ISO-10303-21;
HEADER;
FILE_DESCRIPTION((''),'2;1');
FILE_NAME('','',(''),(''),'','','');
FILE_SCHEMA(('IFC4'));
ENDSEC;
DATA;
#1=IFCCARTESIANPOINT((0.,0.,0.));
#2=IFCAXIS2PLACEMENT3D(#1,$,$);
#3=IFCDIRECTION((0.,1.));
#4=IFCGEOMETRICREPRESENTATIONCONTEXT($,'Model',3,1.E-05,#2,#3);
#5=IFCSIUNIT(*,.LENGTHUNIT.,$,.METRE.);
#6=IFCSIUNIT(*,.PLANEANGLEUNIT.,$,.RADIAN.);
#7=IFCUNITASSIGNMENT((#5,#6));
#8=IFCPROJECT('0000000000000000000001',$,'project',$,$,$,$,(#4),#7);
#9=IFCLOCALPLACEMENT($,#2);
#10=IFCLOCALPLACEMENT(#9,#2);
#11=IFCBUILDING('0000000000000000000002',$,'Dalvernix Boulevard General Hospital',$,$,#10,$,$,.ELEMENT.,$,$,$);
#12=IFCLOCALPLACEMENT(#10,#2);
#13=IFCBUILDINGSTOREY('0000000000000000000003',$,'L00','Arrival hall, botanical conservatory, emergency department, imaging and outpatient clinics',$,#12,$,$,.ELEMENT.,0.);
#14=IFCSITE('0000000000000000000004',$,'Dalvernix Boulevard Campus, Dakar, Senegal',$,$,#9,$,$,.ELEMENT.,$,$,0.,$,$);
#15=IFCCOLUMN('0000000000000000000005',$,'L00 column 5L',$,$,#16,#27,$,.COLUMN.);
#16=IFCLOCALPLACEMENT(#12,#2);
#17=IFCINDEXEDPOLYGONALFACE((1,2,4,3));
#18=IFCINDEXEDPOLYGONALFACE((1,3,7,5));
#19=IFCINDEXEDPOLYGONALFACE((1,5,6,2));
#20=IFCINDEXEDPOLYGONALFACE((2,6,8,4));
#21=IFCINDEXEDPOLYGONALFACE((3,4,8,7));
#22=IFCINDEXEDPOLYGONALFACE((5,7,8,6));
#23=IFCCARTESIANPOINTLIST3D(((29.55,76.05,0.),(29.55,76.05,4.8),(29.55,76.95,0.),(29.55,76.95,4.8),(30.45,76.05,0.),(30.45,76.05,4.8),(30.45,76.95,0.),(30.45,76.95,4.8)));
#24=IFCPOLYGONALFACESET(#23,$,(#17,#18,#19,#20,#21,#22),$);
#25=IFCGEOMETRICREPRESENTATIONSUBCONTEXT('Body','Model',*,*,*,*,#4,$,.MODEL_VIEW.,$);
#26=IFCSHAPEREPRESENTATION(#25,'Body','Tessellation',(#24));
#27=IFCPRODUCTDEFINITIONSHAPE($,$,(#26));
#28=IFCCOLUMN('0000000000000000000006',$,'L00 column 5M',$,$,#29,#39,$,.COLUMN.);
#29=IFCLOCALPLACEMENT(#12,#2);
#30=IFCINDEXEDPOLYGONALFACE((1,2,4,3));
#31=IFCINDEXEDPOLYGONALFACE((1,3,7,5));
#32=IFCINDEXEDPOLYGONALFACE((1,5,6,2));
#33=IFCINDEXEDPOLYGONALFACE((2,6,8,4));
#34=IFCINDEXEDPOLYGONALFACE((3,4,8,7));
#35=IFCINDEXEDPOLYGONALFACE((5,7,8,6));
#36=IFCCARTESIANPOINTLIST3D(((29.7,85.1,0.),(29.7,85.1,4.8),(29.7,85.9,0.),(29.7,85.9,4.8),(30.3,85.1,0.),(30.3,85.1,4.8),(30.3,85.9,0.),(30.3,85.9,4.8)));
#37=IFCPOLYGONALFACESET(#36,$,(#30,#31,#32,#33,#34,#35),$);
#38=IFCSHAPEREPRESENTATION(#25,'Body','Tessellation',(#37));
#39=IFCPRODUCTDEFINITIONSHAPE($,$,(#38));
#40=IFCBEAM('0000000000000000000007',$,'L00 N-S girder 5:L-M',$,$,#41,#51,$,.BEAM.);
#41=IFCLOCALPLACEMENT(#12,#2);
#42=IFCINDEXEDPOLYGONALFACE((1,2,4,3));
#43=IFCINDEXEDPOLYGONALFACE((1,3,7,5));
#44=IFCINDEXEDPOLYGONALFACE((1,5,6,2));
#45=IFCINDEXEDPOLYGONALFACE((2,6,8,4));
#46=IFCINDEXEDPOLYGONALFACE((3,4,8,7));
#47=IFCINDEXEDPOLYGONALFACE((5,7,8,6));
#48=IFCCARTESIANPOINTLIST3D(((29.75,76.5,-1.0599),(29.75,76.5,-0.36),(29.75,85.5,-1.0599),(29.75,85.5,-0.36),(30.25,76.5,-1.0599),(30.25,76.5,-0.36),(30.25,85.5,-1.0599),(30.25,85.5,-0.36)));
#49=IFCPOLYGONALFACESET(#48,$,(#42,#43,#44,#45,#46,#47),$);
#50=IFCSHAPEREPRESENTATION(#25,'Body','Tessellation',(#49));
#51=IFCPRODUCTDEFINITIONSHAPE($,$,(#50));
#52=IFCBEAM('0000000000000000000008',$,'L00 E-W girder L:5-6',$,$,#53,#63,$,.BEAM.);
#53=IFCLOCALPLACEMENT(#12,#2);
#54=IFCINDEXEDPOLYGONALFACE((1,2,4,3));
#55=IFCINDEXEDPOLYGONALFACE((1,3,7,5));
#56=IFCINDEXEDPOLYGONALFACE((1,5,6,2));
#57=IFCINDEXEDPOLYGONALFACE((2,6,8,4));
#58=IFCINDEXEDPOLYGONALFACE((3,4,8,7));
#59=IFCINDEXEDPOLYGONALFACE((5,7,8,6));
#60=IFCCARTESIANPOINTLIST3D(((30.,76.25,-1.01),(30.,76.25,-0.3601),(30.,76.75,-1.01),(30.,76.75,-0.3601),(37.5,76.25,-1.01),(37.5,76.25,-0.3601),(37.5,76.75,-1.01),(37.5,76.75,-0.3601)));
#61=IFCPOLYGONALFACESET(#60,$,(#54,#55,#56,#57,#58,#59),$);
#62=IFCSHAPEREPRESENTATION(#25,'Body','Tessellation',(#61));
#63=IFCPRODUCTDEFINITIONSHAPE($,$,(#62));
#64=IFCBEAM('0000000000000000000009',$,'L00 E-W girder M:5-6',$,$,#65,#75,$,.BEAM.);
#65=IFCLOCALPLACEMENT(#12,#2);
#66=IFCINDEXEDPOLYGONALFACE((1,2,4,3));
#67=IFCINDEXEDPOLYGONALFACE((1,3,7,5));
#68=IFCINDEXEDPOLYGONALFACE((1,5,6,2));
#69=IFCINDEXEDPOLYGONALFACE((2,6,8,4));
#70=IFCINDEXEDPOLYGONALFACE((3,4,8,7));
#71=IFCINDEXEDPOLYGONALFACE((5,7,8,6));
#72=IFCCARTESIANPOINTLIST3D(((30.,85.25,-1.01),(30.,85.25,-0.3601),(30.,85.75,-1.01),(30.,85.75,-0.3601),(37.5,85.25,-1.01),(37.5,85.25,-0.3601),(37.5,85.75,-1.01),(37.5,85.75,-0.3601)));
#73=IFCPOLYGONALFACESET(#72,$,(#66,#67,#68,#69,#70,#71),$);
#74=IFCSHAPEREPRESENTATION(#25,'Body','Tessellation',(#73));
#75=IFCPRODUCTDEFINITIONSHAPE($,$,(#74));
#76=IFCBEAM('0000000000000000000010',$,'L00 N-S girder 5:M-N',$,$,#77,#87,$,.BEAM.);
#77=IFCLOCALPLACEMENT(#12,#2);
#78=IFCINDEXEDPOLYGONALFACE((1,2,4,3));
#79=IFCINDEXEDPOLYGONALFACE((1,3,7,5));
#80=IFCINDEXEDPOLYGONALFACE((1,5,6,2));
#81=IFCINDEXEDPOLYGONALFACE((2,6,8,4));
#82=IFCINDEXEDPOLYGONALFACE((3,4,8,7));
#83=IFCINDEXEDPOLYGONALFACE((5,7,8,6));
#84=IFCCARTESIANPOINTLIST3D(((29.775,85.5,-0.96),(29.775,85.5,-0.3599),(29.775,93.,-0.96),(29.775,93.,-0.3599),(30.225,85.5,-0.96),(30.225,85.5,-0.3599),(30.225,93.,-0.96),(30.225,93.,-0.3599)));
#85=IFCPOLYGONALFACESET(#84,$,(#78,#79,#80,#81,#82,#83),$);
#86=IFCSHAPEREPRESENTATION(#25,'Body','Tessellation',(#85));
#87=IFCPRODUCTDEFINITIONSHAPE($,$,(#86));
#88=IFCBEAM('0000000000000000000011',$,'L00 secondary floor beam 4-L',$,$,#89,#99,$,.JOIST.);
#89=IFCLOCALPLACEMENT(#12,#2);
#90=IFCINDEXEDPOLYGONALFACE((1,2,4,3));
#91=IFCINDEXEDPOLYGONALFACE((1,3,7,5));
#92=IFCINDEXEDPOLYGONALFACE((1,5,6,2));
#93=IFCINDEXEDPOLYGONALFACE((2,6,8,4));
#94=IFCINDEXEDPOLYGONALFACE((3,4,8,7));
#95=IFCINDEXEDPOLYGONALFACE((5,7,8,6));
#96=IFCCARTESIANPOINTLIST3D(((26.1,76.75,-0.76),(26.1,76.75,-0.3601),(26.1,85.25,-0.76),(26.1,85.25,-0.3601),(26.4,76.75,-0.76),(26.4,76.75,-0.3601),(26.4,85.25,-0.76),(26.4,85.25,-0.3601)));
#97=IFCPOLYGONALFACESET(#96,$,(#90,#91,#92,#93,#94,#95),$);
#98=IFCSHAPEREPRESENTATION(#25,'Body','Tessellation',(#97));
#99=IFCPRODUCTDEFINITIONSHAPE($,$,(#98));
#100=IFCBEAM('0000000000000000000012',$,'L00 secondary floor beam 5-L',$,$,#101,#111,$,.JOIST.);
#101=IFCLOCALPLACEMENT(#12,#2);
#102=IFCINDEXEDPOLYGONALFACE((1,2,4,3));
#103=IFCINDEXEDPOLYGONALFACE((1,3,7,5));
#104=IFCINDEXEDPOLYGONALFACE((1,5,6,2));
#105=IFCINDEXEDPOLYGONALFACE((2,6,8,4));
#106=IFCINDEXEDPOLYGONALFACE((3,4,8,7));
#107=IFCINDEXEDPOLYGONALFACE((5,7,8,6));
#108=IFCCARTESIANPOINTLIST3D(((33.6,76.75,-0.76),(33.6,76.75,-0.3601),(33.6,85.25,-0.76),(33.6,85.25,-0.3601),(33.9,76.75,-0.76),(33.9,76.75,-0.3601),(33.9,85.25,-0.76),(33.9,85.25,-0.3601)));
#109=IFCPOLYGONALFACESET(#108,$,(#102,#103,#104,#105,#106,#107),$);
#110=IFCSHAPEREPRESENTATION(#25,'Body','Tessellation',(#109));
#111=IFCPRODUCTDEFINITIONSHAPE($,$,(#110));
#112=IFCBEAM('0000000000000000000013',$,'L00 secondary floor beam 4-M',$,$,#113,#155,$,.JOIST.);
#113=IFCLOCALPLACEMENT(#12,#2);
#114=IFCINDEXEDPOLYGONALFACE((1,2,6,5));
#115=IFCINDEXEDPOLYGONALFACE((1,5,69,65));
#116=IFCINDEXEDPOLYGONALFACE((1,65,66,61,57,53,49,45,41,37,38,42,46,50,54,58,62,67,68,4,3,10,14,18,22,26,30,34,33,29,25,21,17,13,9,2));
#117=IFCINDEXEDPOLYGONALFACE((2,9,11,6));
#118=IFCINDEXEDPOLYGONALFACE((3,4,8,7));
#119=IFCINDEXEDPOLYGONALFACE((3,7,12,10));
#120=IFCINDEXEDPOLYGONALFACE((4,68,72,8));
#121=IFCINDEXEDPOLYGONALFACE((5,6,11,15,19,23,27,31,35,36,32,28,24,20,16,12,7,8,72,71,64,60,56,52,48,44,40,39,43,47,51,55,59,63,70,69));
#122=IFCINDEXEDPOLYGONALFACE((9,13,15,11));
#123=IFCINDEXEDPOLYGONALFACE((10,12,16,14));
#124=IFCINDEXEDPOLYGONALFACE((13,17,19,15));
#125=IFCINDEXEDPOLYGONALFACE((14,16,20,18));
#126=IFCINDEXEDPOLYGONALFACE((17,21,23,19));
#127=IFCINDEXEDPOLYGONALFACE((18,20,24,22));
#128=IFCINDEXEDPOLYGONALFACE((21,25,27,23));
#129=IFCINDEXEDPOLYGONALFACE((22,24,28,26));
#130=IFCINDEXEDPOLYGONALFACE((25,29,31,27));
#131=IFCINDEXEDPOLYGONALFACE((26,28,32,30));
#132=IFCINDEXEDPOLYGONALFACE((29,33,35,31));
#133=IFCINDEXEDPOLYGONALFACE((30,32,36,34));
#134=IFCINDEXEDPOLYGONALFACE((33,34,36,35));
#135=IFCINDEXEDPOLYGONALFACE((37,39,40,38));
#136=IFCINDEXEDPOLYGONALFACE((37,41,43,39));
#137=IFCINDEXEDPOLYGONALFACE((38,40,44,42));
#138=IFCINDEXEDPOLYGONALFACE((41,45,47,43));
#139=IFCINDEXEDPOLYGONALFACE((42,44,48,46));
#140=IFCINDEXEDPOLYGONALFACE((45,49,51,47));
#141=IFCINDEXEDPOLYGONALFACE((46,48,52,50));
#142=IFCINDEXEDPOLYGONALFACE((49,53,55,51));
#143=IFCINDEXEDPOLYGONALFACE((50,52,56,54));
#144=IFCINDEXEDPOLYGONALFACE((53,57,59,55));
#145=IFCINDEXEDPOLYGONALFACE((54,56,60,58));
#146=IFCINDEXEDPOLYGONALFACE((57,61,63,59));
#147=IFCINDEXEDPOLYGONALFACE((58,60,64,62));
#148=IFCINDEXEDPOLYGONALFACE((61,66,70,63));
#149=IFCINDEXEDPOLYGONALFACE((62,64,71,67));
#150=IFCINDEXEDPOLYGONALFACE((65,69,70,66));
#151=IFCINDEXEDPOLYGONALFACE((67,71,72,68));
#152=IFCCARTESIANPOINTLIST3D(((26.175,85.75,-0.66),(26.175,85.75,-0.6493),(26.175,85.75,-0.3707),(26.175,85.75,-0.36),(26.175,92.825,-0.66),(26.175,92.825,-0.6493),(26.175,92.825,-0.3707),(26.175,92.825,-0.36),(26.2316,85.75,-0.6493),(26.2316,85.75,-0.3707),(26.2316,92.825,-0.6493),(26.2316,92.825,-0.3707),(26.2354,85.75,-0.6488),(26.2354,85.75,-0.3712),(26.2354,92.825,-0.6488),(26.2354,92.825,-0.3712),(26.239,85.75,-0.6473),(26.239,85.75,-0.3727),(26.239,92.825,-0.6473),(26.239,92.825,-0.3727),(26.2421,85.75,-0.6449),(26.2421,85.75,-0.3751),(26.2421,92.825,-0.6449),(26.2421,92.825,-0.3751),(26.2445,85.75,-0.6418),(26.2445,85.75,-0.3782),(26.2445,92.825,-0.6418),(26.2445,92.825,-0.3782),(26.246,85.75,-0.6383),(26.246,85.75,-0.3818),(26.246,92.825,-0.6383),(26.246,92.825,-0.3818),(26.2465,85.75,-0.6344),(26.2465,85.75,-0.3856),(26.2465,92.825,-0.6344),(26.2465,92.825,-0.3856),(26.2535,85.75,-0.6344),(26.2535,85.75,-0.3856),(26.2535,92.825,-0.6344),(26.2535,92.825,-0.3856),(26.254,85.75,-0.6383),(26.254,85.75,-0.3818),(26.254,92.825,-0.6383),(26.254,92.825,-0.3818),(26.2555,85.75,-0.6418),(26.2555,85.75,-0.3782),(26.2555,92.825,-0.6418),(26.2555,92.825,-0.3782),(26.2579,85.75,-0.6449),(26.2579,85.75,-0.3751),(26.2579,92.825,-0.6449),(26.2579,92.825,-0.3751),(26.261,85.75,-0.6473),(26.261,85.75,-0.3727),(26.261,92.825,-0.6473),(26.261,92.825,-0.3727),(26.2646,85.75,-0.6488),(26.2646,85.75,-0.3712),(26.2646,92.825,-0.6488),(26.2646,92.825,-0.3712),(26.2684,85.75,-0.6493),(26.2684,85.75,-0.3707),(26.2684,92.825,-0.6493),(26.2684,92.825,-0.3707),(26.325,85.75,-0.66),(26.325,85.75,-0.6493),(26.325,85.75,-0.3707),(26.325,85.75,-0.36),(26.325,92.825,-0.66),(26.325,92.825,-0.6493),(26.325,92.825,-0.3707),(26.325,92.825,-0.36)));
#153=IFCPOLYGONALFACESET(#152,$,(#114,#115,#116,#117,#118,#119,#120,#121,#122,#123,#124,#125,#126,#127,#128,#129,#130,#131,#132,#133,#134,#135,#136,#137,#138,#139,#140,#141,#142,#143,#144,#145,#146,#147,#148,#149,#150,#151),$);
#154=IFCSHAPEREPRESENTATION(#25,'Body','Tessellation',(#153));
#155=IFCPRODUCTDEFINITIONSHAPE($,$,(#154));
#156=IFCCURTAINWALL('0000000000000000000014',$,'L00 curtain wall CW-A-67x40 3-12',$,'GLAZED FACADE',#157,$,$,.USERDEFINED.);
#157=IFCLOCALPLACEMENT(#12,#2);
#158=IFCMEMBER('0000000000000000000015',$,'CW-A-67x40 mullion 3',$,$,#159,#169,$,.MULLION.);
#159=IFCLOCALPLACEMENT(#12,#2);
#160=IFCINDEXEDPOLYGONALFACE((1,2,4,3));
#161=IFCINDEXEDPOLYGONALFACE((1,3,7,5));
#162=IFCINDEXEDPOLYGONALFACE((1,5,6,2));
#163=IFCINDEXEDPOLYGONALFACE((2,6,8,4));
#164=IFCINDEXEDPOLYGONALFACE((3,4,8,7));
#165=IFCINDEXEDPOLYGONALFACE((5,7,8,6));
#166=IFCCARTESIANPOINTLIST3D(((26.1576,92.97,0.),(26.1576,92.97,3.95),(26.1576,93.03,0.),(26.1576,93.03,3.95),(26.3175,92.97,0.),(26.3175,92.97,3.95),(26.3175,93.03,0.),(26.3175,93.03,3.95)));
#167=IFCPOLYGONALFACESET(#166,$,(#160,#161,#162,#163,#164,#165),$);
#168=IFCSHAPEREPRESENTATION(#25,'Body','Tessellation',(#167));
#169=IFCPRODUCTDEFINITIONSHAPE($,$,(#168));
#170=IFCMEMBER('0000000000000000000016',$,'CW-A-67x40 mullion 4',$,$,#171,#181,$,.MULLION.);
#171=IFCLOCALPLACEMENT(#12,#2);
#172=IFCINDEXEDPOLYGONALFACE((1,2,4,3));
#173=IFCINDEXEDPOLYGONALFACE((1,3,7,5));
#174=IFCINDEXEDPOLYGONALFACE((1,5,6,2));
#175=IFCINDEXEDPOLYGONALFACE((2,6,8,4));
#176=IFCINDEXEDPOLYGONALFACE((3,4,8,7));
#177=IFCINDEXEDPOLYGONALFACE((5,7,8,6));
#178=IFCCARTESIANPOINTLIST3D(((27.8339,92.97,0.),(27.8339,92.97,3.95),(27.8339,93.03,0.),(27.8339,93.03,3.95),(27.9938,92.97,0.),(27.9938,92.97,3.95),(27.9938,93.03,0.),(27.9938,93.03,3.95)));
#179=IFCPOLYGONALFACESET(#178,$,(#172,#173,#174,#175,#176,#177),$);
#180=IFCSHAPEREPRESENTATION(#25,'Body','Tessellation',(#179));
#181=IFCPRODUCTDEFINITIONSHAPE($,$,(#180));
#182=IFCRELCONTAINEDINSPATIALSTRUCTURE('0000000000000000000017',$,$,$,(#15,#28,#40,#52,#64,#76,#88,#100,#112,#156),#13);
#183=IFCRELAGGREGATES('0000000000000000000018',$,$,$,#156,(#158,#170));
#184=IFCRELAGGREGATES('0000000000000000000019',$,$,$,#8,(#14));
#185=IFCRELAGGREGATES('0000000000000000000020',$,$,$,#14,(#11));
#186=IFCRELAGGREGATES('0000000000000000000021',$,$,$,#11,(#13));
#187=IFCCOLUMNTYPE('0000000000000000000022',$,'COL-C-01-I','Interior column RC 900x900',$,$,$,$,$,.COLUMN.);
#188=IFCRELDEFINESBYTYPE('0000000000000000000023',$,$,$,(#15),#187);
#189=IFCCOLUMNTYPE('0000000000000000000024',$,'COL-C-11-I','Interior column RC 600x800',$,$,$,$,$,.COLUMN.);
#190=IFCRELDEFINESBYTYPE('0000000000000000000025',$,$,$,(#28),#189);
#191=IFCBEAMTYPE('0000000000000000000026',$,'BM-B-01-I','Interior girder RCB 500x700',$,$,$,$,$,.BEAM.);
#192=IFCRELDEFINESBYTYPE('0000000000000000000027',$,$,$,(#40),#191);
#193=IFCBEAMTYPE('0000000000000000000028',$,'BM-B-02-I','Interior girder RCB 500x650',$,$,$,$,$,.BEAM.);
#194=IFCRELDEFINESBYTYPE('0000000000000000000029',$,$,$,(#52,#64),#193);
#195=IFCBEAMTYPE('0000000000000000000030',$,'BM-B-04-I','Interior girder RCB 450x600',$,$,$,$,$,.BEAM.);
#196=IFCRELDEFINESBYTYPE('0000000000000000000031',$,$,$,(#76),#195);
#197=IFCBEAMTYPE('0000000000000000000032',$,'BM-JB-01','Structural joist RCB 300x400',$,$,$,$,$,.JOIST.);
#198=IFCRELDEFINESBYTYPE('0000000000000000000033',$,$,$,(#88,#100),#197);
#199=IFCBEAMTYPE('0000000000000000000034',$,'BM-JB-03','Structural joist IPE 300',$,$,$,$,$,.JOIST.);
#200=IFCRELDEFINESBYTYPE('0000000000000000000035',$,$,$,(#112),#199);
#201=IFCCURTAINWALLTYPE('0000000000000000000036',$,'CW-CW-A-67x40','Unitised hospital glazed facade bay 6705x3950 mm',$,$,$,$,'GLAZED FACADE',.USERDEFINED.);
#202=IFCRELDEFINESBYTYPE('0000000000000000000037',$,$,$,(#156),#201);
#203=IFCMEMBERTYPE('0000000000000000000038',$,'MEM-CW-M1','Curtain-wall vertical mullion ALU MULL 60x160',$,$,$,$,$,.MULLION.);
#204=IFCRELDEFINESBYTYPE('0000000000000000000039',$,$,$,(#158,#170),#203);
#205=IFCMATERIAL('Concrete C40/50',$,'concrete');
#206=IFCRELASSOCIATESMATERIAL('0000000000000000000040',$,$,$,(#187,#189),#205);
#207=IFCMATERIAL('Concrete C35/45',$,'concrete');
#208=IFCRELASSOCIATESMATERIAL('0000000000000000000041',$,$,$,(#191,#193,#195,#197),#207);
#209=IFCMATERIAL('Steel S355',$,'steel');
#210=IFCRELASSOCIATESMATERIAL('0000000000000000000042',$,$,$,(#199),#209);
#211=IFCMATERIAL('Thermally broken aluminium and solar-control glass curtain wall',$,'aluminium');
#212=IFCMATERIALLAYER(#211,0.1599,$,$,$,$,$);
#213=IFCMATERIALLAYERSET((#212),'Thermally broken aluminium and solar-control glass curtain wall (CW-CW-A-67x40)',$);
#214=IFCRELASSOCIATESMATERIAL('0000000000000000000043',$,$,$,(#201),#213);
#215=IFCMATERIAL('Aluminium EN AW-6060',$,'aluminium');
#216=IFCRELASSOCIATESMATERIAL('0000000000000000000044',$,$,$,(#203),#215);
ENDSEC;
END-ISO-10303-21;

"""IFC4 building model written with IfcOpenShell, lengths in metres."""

from ifc_helpers import new_model, si_unit, direction, frame, origin, origin_2d, place, context, subcontext, project, spatial, rectangle, i_section, extrude, material, layer, layer_set, material_profile, profile_set, type_object, element, aggregate, save


model = new_model("IFC4")

# Units and contexts
model_context = context("Model", 3, precision=1e-05, world=origin(), true_north=direction((0.0, 1.0)))
body_context = subcontext(model_context, "Body", "Model", "MODEL_VIEW")
ifc_project = project(units=[si_unit("LENGTHUNIT", "METRE"), si_unit("PLANEANGLEUNIT", "RADIAN")], contexts=[model_context])

# Site, building, storey
site_placement = place(None, origin())
site = spatial("IfcSite", under=ifc_project, at=site_placement, Name="Dalvernix Boulevard Campus, Dakar, Senegal", CompositionType="ELEMENT", RefElevation=0.0)
building_placement = place(site_placement, origin())
building = spatial("IfcBuilding", under=site, at=building_placement, Name="Dalvernix Boulevard General Hospital", CompositionType="ELEMENT")
storey_placement = place(building_placement, origin())
storey = spatial("IfcBuildingStorey", under=building, at=storey_placement, Name="L00", Description="Arrival hall, botanical conservatory, emergency department, imaging and outpatient clinics", CompositionType="ELEMENT", Elevation=0.0)

# Columns
ifc_material_1 = material(Name="Concrete C40/50", Category="concrete")
ifc_material_profile_1 = material_profile(ifc_material_1, rectangle(XDim=0.8999, YDim=0.8999, at=origin_2d()), Name="RC 900x900")
ifc_profile_set_1 = profile_set([ifc_material_profile_1], Name="Concrete C40/50")
column_type_1 = type_object("IfcColumnType", Name="COL-C-01-I", Description="Interior column RC 900x900", PredefinedType="COLUMN", material=ifc_profile_set_1)
column_1_placement = place(storey_placement, frame((30.0, 76.5, 0.0), z_axis=(0.0, 0.0, 1.0), x_axis=(1.0, 0.0, 0.0)))
element("IfcColumn", 1, at=column_1_placement, inside=storey, type_object=column_type_1, Name="L00 column 5L", PredefinedType="COLUMN", context=body_context, shape_type="SweptSolid", body=[
    extrude(rectangle(XDim=0.8999, YDim=0.8999, at=origin_2d()), origin(), (0.0, 0.0, 1.0), 4.8),
])
ifc_material_profile_2 = material_profile(ifc_material_1, rectangle(XDim=0.6001, YDim=0.8, at=origin_2d()), Name="RC 600x800")
ifc_profile_set_2 = profile_set([ifc_material_profile_2], Name="Concrete C40/50")
column_type_2 = type_object("IfcColumnType", Name="COL-C-11-I", Description="Interior column RC 600x800", PredefinedType="COLUMN", material=ifc_profile_set_2)
column_2_placement = place(storey_placement, frame((30.0, 85.5, 0.0), z_axis=(0.0, 0.0, 1.0), x_axis=(1.0, 0.0, 0.0)))
element("IfcColumn", 2, at=column_2_placement, inside=storey, type_object=column_type_2, Name="L00 column 5M", PredefinedType="COLUMN", context=body_context, shape_type="SweptSolid", body=[
    extrude(rectangle(XDim=0.6001, YDim=0.8, at=origin_2d()), origin(), (0.0, 0.0, 1.0), 4.8),
])

# Beams
ifc_material_2 = material(Name="Concrete C35/45", Category="concrete")
ifc_material_profile_3 = material_profile(ifc_material_2, rectangle(XDim=0.5, YDim=0.7, at=origin_2d()), Name="RCB 500x700")
ifc_profile_set_3 = profile_set([ifc_material_profile_3], Name="Concrete C35/45")
beam_type_1 = type_object("IfcBeamType", Name="BM-B-01-I", Description="Interior girder RCB 500x700", PredefinedType="BEAM", material=ifc_profile_set_3)
beam_1_placement = place(storey_placement, frame((30.0, 76.5, -0.71), z_axis=(0.0, 1.0, 0.0), x_axis=(-1.0, 0.0, 0.0)))
element("IfcBeam", 3, at=beam_1_placement, inside=storey, type_object=beam_type_1, Name="L00 N-S girder 5:L-M", PredefinedType="BEAM", context=body_context, shape_type="SweptSolid", body=[
    extrude(rectangle(XDim=0.5, YDim=0.7, at=origin_2d()), origin(), (0.0, 0.0, 1.0), 9.0),
])
ifc_material_profile_4 = material_profile(ifc_material_2, rectangle(XDim=0.5, YDim=0.6499, at=origin_2d()), Name="RCB 500x650")
ifc_profile_set_4 = profile_set([ifc_material_profile_4], Name="Concrete C35/45")
beam_type_2 = type_object("IfcBeamType", Name="BM-B-02-I", Description="Interior girder RCB 500x650", PredefinedType="BEAM", material=ifc_profile_set_4)
for number, where, z_axis, x_axis, name in (
    (4, (30.0, 76.5, -0.6851), (1.0, 0.0, 0.0), (0.0, 1.0, 0.0), "L00 E-W girder L:5-6"),
    (5, (30.0, 85.5, -0.6851), (1.0, 0.0, 0.0), (0.0, 1.0, 0.0), "L00 E-W girder M:5-6"),
):
    element("IfcBeam", number, at=place(storey_placement, frame(where, z_axis=z_axis, x_axis=x_axis)), inside=storey, type_object=beam_type_2, Name=name, PredefinedType="BEAM", context=body_context, shape_type="SweptSolid", body=[
        extrude(rectangle(XDim=0.5, YDim=0.6499, at=origin_2d()), origin(), (0.0, 0.0, 1.0), 7.5),
    ])
ifc_material_profile_5 = material_profile(ifc_material_2, rectangle(XDim=0.45, YDim=0.6001, at=origin_2d()), Name="RCB 450x600")
ifc_profile_set_5 = profile_set([ifc_material_profile_5], Name="Concrete C35/45")
beam_type_3 = type_object("IfcBeamType", Name="BM-B-04-I", Description="Interior girder RCB 450x600", PredefinedType="BEAM", material=ifc_profile_set_5)
beam_2_placement = place(storey_placement, frame((30.0, 85.5, -0.6599), z_axis=(0.0, 1.0, 0.0), x_axis=(-1.0, 0.0, 0.0)))
element("IfcBeam", 6, at=beam_2_placement, inside=storey, type_object=beam_type_3, Name="L00 N-S girder 5:M-N", PredefinedType="BEAM", context=body_context, shape_type="SweptSolid", body=[
    extrude(rectangle(XDim=0.45, YDim=0.6001, at=origin_2d()), origin(), (0.0, 0.0, 1.0), 7.5),
])
ifc_material_profile_6 = material_profile(ifc_material_2, rectangle(XDim=0.3, YDim=0.3999, at=origin_2d()), Name="RCB 300x400")
ifc_profile_set_6 = profile_set([ifc_material_profile_6], Name="Concrete C35/45")
beam_type_4 = type_object("IfcBeamType", Name="BM-JB-01", Description="Structural joist RCB 300x400", PredefinedType="JOIST", material=ifc_profile_set_6)
for number, where, z_axis, x_axis, name in (
    (7, (26.25, 76.75, -0.5601), (0.0, 1.0, 0.0), (-1.0, 0.0, 0.0), "L00 secondary floor beam 4-L"),
    (8, (33.75, 76.75, -0.5601), (0.0, 1.0, 0.0), (-1.0, 0.0, 0.0), "L00 secondary floor beam 5-L"),
):
    element("IfcBeam", number, at=place(storey_placement, frame(where, z_axis=z_axis, x_axis=x_axis)), inside=storey, type_object=beam_type_4, Name=name, PredefinedType="JOIST", context=body_context, shape_type="SweptSolid", body=[
        extrude(rectangle(XDim=0.3, YDim=0.3999, at=origin_2d()), origin(), (0.0, 0.0, 1.0), 8.5),
    ])
ifc_material_3 = material(Name="Steel S355", Category="steel")
ifc_material_profile_7 = material_profile(ifc_material_3, i_section(OverallWidth=0.1499, OverallDepth=0.3, WebThickness=0.0071, FlangeThickness=0.0107, FilletRadius=0.0149, at=origin_2d()), Name="IPE 300")
ifc_profile_set_7 = profile_set([ifc_material_profile_7], Name="Steel S355")
beam_type_5 = type_object("IfcBeamType", Name="BM-JB-03", Description="Structural joist IPE 300", PredefinedType="JOIST", material=ifc_profile_set_7)
beam_3_placement = place(storey_placement, frame((26.25, 85.75, -0.51), z_axis=(0.0, 1.0, 0.0), x_axis=(-1.0, 0.0, 0.0)))
element("IfcBeam", 9, at=beam_3_placement, inside=storey, type_object=beam_type_5, Name="L00 secondary floor beam 4-M", PredefinedType="JOIST", context=body_context, shape_type="SweptSolid", body=[
    extrude(i_section(OverallWidth=0.1499, OverallDepth=0.3, WebThickness=0.0071, FlangeThickness=0.0107, FilletRadius=0.0149, at=origin_2d()), origin(), (0.0, 0.0, 1.0), 7.075),
])

# Curtain wall, members
ifc_material_4 = material(Name="Thermally broken aluminium and solar-control glass curtain wall", Category="aluminium")
ifc_layer_1 = layer(ifc_material_4, 0.1599)
ifc_layer_set_1 = layer_set([ifc_layer_1], Name="Thermally broken aluminium and solar-control glass curtain wall (CW-CW-A-67x40)")
curtain_wall_type_1 = type_object("IfcCurtainWallType", Name="CW-CW-A-67x40", Description="Unitised hospital glazed facade bay 6705x3950 mm", ElementType="GLAZED FACADE", PredefinedType="USERDEFINED", material=ifc_layer_set_1)
curtain_wall_1_placement = place(storey_placement, origin())
curtain_wall_1 = element("IfcCurtainWall", 10, at=curtain_wall_1_placement, inside=storey, type_object=curtain_wall_type_1, Name="L00 curtain wall CW-A-67x40 3-12", ObjectType="GLAZED FACADE", PredefinedType="USERDEFINED")
ifc_material_5 = material(Name="Aluminium EN AW-6060", Category="aluminium")
ifc_material_profile_8 = material_profile(ifc_material_5, rectangle(XDim=0.0601, YDim=0.1599, at=origin_2d()), Name="ALU MULL 60x160")
ifc_profile_set_8 = profile_set([ifc_material_profile_8], Name="Aluminium EN AW-6060")
member_type_1 = type_object("IfcMemberType", Name="MEM-CW-M1", Description="Curtain-wall vertical mullion ALU MULL 60x160", PredefinedType="MULLION", material=ifc_profile_set_8)
member_1_placement = place(storey_placement, frame((26.2375, 93.0, 0.0), z_axis=(0.0, 0.0, 1.0), x_axis=(0.0, 1.0, 0.0)))
member_1 = element("IfcMember", 11, at=member_1_placement, type_object=member_type_1, Name="CW-A-67x40 mullion 3", PredefinedType="MULLION", context=body_context, shape_type="SweptSolid", body=[
    extrude(rectangle(XDim=0.0601, YDim=0.1599, at=origin_2d()), origin(), (0.0, 0.0, 1.0), 3.95),
])
member_2_placement = place(storey_placement, frame((27.9138, 93.0, 0.0), z_axis=(0.0, 0.0, 1.0), x_axis=(0.0, 1.0, 0.0)))
member_2 = element("IfcMember", 12, at=member_2_placement, type_object=member_type_1, Name="CW-A-67x40 mullion 4", PredefinedType="MULLION", context=body_context, shape_type="SweptSolid", body=[
    extrude(rectangle(XDim=0.0601, YDim=0.1599, at=origin_2d()), origin(), (0.0, 0.0, 1.0), 3.95),
])

aggregate(curtain_wall_1, [member_1, member_2])

save(model, "model.ifc")
